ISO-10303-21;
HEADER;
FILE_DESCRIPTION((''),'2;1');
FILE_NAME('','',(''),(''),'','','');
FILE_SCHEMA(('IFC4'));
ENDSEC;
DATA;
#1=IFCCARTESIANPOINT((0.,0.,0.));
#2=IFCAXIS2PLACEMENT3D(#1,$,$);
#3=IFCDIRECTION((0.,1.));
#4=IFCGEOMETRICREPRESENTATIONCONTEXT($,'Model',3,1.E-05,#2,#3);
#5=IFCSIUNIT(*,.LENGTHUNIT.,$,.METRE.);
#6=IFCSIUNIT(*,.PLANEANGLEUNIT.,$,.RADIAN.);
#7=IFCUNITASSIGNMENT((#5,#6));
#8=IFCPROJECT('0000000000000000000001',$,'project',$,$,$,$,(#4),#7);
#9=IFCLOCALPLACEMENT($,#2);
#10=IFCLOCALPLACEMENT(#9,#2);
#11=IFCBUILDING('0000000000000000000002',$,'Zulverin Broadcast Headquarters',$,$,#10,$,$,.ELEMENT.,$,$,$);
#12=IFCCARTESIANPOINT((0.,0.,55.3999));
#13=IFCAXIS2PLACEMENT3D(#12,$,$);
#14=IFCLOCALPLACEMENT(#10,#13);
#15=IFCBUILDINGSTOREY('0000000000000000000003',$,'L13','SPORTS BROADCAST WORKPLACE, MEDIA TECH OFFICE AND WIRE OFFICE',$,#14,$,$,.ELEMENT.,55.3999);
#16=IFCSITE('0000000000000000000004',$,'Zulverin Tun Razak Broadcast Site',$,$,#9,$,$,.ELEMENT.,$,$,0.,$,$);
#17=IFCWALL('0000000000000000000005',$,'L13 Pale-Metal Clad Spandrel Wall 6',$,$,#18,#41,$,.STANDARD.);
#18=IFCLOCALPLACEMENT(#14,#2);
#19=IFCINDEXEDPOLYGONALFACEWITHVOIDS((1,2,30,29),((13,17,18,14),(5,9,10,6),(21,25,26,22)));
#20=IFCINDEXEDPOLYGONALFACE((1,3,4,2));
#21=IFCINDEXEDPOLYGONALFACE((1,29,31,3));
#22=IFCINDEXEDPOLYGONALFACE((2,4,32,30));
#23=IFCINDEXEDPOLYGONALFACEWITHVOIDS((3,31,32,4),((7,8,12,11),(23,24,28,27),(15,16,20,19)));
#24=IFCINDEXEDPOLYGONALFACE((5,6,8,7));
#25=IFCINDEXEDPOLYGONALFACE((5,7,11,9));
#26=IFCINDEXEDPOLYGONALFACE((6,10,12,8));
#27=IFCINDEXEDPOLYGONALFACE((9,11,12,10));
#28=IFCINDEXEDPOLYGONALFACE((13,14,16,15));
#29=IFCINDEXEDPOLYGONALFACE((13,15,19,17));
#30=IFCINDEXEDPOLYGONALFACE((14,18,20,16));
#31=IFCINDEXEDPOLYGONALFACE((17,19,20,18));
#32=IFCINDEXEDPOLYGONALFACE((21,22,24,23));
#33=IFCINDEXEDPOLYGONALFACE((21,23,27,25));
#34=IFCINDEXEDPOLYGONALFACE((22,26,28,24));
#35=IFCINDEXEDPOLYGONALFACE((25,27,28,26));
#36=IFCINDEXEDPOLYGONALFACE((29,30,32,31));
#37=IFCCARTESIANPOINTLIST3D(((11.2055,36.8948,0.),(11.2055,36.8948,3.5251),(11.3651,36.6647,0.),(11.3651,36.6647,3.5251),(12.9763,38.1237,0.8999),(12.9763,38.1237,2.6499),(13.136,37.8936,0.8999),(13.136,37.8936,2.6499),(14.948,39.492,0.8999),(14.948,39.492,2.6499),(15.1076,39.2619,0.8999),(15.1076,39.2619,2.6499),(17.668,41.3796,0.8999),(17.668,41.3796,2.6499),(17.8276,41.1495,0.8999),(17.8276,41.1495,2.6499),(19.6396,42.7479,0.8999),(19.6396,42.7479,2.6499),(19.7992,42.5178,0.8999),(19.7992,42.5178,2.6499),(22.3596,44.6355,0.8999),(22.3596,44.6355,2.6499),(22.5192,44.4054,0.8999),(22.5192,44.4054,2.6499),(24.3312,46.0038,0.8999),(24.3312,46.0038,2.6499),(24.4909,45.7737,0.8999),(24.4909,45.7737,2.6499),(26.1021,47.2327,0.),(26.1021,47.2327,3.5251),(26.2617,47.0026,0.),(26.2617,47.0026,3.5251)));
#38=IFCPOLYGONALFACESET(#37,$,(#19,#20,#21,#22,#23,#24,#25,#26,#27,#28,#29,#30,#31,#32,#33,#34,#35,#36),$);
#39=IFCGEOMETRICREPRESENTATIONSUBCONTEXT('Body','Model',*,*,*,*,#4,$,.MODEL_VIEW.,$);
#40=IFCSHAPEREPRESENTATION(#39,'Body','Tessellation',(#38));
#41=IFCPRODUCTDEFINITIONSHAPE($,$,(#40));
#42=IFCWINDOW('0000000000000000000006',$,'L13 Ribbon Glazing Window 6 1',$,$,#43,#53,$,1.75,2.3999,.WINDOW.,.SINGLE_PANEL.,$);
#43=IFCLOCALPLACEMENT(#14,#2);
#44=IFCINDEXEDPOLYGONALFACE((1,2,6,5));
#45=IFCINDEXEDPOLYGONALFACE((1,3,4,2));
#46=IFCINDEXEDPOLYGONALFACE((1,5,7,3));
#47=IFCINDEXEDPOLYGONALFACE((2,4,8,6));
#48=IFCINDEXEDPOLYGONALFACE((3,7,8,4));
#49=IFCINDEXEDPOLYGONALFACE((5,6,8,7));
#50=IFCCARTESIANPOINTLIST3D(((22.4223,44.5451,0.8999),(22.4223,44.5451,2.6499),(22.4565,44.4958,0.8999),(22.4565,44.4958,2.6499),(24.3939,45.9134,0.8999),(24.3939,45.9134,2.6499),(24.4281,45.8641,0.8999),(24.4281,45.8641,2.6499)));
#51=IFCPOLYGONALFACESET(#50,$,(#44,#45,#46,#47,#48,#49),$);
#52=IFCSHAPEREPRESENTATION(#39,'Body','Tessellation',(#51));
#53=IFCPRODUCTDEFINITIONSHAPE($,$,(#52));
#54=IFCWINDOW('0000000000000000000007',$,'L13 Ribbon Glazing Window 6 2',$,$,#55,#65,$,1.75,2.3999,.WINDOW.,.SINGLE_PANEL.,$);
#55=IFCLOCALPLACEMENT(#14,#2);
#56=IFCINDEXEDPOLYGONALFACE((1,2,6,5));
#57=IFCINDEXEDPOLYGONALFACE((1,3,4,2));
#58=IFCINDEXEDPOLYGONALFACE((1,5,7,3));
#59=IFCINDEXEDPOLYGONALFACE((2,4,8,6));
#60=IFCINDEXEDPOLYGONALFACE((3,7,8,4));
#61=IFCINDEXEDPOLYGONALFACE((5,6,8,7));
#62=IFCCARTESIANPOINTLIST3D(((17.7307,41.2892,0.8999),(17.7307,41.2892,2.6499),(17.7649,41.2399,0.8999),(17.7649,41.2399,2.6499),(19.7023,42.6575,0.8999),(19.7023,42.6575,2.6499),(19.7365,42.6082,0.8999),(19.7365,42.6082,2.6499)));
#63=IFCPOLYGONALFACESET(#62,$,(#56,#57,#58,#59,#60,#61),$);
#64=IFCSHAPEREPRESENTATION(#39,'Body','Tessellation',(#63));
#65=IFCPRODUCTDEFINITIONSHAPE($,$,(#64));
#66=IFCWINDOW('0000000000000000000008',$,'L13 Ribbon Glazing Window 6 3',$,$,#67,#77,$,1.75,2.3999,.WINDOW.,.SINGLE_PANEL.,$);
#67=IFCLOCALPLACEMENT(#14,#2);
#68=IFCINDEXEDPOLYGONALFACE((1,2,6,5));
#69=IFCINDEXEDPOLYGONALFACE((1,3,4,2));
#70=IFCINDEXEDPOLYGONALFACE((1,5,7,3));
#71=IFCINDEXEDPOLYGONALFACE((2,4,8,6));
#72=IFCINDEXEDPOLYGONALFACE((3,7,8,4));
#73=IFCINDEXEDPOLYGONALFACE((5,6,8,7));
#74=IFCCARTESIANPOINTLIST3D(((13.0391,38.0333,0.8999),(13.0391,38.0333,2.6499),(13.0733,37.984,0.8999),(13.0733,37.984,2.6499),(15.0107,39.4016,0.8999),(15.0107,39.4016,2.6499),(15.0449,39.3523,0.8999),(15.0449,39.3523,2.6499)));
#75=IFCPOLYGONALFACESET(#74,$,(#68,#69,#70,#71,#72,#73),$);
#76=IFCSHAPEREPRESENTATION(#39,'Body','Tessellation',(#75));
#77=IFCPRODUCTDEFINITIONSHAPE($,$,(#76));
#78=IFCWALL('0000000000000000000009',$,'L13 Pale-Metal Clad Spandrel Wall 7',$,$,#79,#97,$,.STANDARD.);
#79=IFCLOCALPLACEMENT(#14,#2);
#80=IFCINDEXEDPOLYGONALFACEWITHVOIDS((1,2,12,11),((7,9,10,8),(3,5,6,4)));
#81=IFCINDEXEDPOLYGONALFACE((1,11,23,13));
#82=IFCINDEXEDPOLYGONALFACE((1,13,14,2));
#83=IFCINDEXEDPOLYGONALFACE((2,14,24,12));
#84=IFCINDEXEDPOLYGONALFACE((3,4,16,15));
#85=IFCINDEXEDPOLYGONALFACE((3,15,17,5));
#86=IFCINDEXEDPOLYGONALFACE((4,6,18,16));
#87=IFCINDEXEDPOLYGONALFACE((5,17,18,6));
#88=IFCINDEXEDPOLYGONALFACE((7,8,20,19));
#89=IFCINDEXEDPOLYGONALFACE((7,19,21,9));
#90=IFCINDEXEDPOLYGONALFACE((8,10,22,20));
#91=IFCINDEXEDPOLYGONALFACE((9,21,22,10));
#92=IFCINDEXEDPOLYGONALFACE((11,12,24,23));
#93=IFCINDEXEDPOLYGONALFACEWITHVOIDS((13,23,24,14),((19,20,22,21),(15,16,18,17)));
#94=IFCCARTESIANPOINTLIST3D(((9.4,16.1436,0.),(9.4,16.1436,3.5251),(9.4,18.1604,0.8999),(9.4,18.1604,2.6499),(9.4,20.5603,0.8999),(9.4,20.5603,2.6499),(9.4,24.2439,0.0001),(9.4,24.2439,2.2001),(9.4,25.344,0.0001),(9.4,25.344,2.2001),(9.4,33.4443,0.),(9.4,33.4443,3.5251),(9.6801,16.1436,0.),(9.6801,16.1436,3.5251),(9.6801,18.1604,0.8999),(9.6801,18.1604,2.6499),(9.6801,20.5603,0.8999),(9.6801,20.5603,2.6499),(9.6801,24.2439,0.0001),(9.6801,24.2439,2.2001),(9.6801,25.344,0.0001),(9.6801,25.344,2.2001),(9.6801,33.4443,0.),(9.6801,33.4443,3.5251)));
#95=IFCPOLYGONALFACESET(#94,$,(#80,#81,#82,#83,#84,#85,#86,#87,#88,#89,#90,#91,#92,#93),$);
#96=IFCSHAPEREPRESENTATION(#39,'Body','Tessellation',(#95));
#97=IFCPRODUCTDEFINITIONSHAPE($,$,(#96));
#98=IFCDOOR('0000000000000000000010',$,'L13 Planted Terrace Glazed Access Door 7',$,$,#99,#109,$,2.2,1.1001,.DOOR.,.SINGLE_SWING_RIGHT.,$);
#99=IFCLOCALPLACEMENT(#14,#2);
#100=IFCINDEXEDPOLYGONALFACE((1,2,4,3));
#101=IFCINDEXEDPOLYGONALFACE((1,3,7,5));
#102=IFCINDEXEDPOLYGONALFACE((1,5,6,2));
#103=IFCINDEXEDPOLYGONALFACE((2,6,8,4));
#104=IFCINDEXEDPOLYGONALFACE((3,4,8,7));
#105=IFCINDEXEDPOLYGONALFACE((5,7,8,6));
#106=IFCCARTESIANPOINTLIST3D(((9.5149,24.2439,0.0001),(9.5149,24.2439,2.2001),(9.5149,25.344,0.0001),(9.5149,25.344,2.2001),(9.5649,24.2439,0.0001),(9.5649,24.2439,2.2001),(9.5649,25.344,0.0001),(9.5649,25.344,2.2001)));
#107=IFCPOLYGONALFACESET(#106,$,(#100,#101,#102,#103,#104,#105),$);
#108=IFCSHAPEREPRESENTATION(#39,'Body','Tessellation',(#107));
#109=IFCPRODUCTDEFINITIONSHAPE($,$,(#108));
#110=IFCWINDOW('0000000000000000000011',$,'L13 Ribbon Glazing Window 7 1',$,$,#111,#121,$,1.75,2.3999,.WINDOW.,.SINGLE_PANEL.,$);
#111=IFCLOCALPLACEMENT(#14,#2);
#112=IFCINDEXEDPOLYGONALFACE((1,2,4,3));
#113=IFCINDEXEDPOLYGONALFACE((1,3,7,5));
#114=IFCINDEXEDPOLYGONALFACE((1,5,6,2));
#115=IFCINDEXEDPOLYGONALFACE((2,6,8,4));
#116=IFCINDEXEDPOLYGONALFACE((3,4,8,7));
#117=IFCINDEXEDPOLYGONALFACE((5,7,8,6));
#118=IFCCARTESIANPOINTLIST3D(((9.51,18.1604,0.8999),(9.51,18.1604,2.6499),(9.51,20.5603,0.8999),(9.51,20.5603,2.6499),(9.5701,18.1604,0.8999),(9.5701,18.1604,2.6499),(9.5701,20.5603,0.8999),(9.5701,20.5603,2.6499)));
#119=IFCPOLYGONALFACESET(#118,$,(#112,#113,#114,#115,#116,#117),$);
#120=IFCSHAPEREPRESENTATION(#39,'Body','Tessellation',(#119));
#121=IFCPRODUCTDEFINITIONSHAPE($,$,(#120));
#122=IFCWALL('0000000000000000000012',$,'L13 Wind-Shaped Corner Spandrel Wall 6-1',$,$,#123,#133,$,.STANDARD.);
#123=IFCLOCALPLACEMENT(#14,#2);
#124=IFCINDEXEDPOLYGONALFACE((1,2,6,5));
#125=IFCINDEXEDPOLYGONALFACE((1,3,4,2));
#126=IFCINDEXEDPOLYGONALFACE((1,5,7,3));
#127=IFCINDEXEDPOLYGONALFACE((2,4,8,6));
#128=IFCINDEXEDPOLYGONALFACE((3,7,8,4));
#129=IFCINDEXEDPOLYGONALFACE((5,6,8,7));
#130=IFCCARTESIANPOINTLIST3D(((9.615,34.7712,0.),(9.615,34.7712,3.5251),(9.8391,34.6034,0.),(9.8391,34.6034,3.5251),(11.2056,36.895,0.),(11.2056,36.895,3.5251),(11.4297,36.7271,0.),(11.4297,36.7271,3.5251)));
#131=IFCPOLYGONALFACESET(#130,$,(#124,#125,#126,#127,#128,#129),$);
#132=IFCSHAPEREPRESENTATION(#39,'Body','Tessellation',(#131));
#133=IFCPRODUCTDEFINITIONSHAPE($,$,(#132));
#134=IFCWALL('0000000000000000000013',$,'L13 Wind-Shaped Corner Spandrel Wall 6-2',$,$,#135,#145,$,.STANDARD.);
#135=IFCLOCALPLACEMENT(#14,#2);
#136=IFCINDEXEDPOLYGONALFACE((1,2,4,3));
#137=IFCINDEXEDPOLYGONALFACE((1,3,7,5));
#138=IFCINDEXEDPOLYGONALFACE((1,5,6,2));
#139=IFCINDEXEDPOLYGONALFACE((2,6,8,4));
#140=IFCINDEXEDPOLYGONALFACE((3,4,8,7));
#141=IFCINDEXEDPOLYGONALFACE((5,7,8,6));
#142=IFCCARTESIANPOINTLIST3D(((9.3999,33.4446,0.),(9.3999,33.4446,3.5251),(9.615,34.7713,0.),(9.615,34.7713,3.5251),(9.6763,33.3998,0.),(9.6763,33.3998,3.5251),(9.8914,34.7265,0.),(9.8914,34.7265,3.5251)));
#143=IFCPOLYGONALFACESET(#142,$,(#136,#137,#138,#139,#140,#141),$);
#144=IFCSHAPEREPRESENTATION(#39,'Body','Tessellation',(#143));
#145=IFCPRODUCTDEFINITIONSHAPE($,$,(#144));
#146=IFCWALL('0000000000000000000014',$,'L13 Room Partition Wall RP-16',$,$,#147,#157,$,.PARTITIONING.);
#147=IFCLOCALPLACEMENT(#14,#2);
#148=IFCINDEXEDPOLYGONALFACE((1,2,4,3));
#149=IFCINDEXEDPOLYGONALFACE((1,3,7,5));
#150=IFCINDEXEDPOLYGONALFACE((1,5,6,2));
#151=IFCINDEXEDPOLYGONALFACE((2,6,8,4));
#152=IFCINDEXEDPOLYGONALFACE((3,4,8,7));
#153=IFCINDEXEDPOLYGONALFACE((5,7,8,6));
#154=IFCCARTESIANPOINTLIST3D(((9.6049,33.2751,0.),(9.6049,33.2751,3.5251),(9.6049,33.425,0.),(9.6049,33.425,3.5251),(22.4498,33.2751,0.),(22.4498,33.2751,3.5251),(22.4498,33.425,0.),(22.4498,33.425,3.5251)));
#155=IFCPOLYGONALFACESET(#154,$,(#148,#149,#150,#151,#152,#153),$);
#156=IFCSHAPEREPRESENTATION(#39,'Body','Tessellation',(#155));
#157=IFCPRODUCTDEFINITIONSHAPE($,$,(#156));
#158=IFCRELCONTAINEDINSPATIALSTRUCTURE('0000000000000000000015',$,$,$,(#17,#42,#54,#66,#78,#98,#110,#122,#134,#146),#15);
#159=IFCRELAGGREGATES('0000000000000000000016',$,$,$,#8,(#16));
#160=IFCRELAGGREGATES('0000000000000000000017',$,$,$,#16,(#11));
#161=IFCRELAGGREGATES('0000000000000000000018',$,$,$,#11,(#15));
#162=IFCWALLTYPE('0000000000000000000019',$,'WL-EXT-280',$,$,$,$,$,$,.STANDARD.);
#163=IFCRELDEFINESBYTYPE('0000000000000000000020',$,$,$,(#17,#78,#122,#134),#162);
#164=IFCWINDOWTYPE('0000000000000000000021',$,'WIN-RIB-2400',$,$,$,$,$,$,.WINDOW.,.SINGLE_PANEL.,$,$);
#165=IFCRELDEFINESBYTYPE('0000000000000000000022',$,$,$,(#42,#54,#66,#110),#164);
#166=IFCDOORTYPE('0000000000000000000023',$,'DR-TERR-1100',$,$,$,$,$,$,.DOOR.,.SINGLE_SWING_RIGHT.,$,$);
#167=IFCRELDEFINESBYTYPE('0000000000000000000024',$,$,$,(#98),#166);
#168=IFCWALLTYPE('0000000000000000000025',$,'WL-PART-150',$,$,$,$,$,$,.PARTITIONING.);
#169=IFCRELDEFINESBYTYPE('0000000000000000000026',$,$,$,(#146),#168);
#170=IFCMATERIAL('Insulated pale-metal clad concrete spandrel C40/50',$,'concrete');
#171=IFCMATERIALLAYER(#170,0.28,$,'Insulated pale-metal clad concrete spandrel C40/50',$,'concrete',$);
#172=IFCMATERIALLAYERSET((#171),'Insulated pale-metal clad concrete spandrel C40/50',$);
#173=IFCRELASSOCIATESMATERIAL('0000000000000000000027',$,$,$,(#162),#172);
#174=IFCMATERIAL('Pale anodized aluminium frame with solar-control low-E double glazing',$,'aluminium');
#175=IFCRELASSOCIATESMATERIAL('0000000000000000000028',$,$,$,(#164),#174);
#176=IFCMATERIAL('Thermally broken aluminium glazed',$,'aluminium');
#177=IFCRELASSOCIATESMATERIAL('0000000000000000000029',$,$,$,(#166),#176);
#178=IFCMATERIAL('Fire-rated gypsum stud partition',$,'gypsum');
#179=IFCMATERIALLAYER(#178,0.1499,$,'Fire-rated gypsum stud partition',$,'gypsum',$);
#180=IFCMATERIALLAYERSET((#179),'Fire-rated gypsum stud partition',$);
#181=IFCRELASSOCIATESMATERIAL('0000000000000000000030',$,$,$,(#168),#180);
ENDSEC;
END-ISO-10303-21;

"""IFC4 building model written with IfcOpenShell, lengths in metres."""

from ifc_helpers import new_model, si_unit, direction, frame, frame_2d, origin, place, context, subcontext, project, spatial, rectangle, extrude, material, layer, layer_set, type_object, element, fill, save


model = new_model("IFC4")

# Units and contexts
model_context = context("Model", 3, precision=1e-05, world=origin(), true_north=direction((0.0, 1.0)))
body_context = subcontext(model_context, "Body", "Model", "MODEL_VIEW")
ifc_project = project(units=[si_unit("LENGTHUNIT", "METRE"), si_unit("PLANEANGLEUNIT", "RADIAN")], contexts=[model_context])

# Site, building, storey
site_placement = place(None, origin())
site = spatial("IfcSite", under=ifc_project, at=site_placement, Name="Zulverin Tun Razak Broadcast Site", CompositionType="ELEMENT", RefElevation=0.0)
building_placement = place(site_placement, origin())
building = spatial("IfcBuilding", under=site, at=building_placement, Name="Zulverin Broadcast Headquarters", CompositionType="ELEMENT")
storey_placement = place(building_placement, frame((0.0, 0.0, 55.3999)))
storey = spatial("IfcBuildingStorey", under=building, at=storey_placement, Name="L13", Description="SPORTS BROADCAST WORKPLACE, MEDIA TECH OFFICE AND WIRE OFFICE", CompositionType="ELEMENT", Elevation=55.3999)

# Wall, openings, windows
ifc_material_1 = material(Name="Insulated pale-metal clad concrete spandrel C40/50", Category="concrete")
ifc_layer_1 = layer(ifc_material_1, 0.28, Name="Insulated pale-metal clad concrete spandrel C40/50", Category="concrete")
ifc_layer_set_1 = layer_set([ifc_layer_1], Name="Insulated pale-metal clad concrete spandrel C40/50")
wall_type_1 = type_object("IfcWallType", Name="WL-EXT-280", PredefinedType="STANDARD", material=ifc_layer_set_1)
wall_1_placement = place(storey_placement, frame((26.1819, 47.1177, 0.0), z_axis=(0.0, 0.0, 1.0), x_axis=(-0.821548, -0.570139, 0.0)))
wall_1 = element("IfcWall", 1, at=wall_1_placement, inside=storey, type_object=wall_type_1, Name="L13 Pale-Metal Clad Spandrel Wall 6", PredefinedType="STANDARD", context=body_context, shape_type="SweptSolid", body=[
    extrude(rectangle(XDim=18.1323, YDim=0.28, at=frame_2d((9.0662, 0.0))), origin(), (0.0, 0.0, 1.0), 3.5251),
])
opening_1_placement = place(wall_1_placement, frame((2.1555, 0.0, 0.8999)))
opening_1 = element("IfcOpeningElement", 2, at=opening_1_placement, cuts=wall_1, PredefinedType="OPENING", context=body_context, shape_type="SweptSolid", body=[
    extrude(rectangle(XDim=2.3999, YDim=1.75, at=frame_2d((1.2, 0.875))), frame((0.0, 0.1499, 0.0), z_axis=(0.0, -1.0, 0.0), x_axis=(1.0, 0.0, 0.0)), (0.0, 0.0, 1.0), 0.3),
])
opening_2_placement = place(wall_1_placement, frame((7.8662, 0.0, 0.8999)))
opening_2 = element("IfcOpeningElement", 3, at=opening_2_placement, cuts=wall_1, PredefinedType="OPENING", context=body_context, shape_type="SweptSolid", body=[
    extrude(rectangle(XDim=2.3999, YDim=1.75, at=frame_2d((1.2, 0.875))), frame((0.0, 0.1499, 0.0), z_axis=(0.0, -1.0, 0.0), x_axis=(1.0, 0.0, 0.0)), (0.0, 0.0, 1.0), 0.3),
])
opening_3_placement = place(wall_1_placement, frame((13.5769, 0.0, 0.8999)))
opening_3 = element("IfcOpeningElement", 4, at=opening_3_placement, cuts=wall_1, PredefinedType="OPENING", context=body_context, shape_type="SweptSolid", body=[
    extrude(rectangle(XDim=2.3999, YDim=1.75, at=frame_2d((1.2, 0.875))), frame((0.0, 0.1499, 0.0), z_axis=(0.0, -1.0, 0.0), x_axis=(1.0, 0.0, 0.0)), (0.0, 0.0, 1.0), 0.3),
])
ifc_material_2 = material(Name="Pale anodized aluminium frame with solar-control low-E double glazing", Category="aluminium")
window_type = type_object("IfcWindowType", Name="WIN-RIB-2400", PartitioningType="SINGLE_PANEL", PredefinedType="WINDOW", material=ifc_material_2)
window_1_placement = place(opening_1_placement, origin())
window_1 = element("IfcWindow", 5, at=window_1_placement, inside=storey, type_object=window_type, Name="L13 Ribbon Glazing Window 6 1", OverallHeight=1.75, OverallWidth=2.3999, PartitioningType="SINGLE_PANEL", PredefinedType="WINDOW", context=body_context, shape_type="SweptSolid", body=[
    extrude(rectangle(XDim=2.3999, YDim=1.75, at=frame_2d((1.2, 0.875))), frame((0.0, 0.03, 0.0), z_axis=(0.0, -1.0, 0.0), x_axis=(1.0, 0.0, 0.0)), (0.0, 0.0, 1.0), 0.0601),
])
fill(opening_1, window_1)
window_2_placement = place(opening_2_placement, origin())
window_2 = element("IfcWindow", 6, at=window_2_placement, inside=storey, type_object=window_type, Name="L13 Ribbon Glazing Window 6 2", OverallHeight=1.75, OverallWidth=2.3999, PartitioningType="SINGLE_PANEL", PredefinedType="WINDOW", context=body_context, shape_type="SweptSolid", body=[
    extrude(rectangle(XDim=2.3999, YDim=1.75, at=frame_2d((1.2, 0.875))), frame((0.0, 0.03, 0.0), z_axis=(0.0, -1.0, 0.0), x_axis=(1.0, 0.0, 0.0)), (0.0, 0.0, 1.0), 0.0601),
])
fill(opening_2, window_2)
window_3_placement = place(opening_3_placement, origin())
window_3 = element("IfcWindow", 7, at=window_3_placement, inside=storey, type_object=window_type, Name="L13 Ribbon Glazing Window 6 3", OverallHeight=1.75, OverallWidth=2.3999, PartitioningType="SINGLE_PANEL", PredefinedType="WINDOW", context=body_context, shape_type="SweptSolid", body=[
    extrude(rectangle(XDim=2.3999, YDim=1.75, at=frame_2d((1.2, 0.875))), frame((0.0, 0.03, 0.0), z_axis=(0.0, -1.0, 0.0), x_axis=(1.0, 0.0, 0.0)), (0.0, 0.0, 1.0), 0.0601),
])
fill(opening_3, window_3)

# Wall, openings, door, window
wall_2_placement = place(storey_placement, frame((9.54, 33.4443, 0.0), z_axis=(0.0, 0.0, 1.0), x_axis=(0.0, -1.0, 0.0)))
wall_2 = element("IfcWall", 8, at=wall_2_placement, inside=storey, type_object=wall_type_1, Name="L13 Pale-Metal Clad Spandrel Wall 7", PredefinedType="STANDARD", context=body_context, shape_type="SweptSolid", body=[
    extrude(rectangle(XDim=17.3008, YDim=0.28, at=frame_2d((8.6504, 0.0))), origin(), (0.0, 0.0, 1.0), 3.5251),
])
opening_4_placement = place(wall_2_placement, frame((8.1003, 0.0, 0.0)))
opening_4 = element("IfcOpeningElement", 9, at=opening_4_placement, cuts=wall_2, PredefinedType="OPENING", context=body_context, shape_type="SweptSolid", body=[
    extrude(rectangle(XDim=1.1001, YDim=2.2, at=frame_2d((0.55, 1.1001))), frame((0.0, 0.1499, 0.0), z_axis=(0.0, -1.0, 0.0), x_axis=(1.0, 0.0, 0.0)), (0.0, 0.0, 1.0), 0.3),
])
opening_5_placement = place(wall_2_placement, frame((12.884, 0.0, 0.8999)))
opening_5 = element("IfcOpeningElement", 10, at=opening_5_placement, cuts=wall_2, PredefinedType="OPENING", context=body_context, shape_type="SweptSolid", body=[
    extrude(rectangle(XDim=2.3999, YDim=1.75, at=frame_2d((1.2, 0.875))), frame((0.0, 0.1499, 0.0), z_axis=(0.0, -1.0, 0.0), x_axis=(1.0, 0.0, 0.0)), (0.0, 0.0, 1.0), 0.3),
])
ifc_material_3 = material(Name="Thermally broken aluminium glazed", Category="aluminium")
door_type_1 = type_object("IfcDoorType", Name="DR-TERR-1100", OperationType="SINGLE_SWING_RIGHT", PredefinedType="DOOR", material=ifc_material_3)
door_1_placement = place(opening_4_placement, origin())
door_1 = element("IfcDoor", 11, at=door_1_placement, inside=storey, type_object=door_type_1, Name="L13 Planted Terrace Glazed Access Door 7", OperationType="SINGLE_SWING_RIGHT", OverallHeight=2.2, OverallWidth=1.1001, PredefinedType="DOOR", context=body_context, shape_type="SweptSolid", body=[
    extrude(rectangle(XDim=1.1001, YDim=2.2, at=frame_2d((0.55, 1.1001))), frame((0.0, 0.0249, 0.0), z_axis=(0.0, -1.0, 0.0), x_axis=(1.0, 0.0, 0.0)), (0.0, 0.0, 1.0), 0.05),
])
fill(opening_4, door_1)
window_4_placement = place(opening_5_placement, origin())
window_4 = element("IfcWindow", 12, at=window_4_placement, inside=storey, type_object=window_type, Name="L13 Ribbon Glazing Window 7 1", OverallHeight=1.75, OverallWidth=2.3999, PartitioningType="SINGLE_PANEL", PredefinedType="WINDOW", context=body_context, shape_type="SweptSolid", body=[
    extrude(rectangle(XDim=2.3999, YDim=1.75, at=frame_2d((1.2, 0.875))), frame((0.0, 0.03, 0.0), z_axis=(0.0, -1.0, 0.0), x_axis=(1.0, 0.0, 0.0)), (0.0, 0.0, 1.0), 0.0601),
])
fill(opening_5, window_4)

# Walls
wall_3_placement = place(storey_placement, frame((11.3176, 36.811, 0.0), z_axis=(0.0, 0.0, 1.0), x_axis=(-0.599455, -0.800408, 0.0)))
element("IfcWall", 13, at=wall_3_placement, inside=storey, type_object=wall_type_1, Name="L13 Wind-Shaped Corner Spandrel Wall 6-1", PredefinedType="STANDARD", context=body_context, shape_type="SweptSolid", body=[
    extrude(rectangle(XDim=2.6533, YDim=0.28, at=frame_2d((1.3267, 0.0))), origin(), (0.0, 0.0, 1.0), 3.5251),
])
wall_4_placement = place(storey_placement, frame((9.7532, 34.7488, 0.0), z_axis=(0.0, 0.0, 1.0), x_axis=(-0.160038, -0.987111, 0.0)))
element("IfcWall", 14, at=wall_4_placement, inside=storey, type_object=wall_type_1, Name="L13 Wind-Shaped Corner Spandrel Wall 6-2", PredefinedType="STANDARD", context=body_context, shape_type="SweptSolid", body=[
    extrude(rectangle(XDim=1.344, YDim=0.28, at=frame_2d((0.6719, 0.0))), origin(), (0.0, 0.0, 1.0), 3.5251),
])
ifc_material_4 = material(Name="Fire-rated gypsum stud partition", Category="gypsum")
ifc_layer_2 = layer(ifc_material_4, 0.1499, Name="Fire-rated gypsum stud partition", Category="gypsum")
ifc_layer_set_2 = layer_set([ifc_layer_2], Name="Fire-rated gypsum stud partition")
wall_type_2 = type_object("IfcWallType", Name="WL-PART-150", PredefinedType="PARTITIONING", material=ifc_layer_set_2)
wall_5_placement = place(storey_placement, frame((9.605, 33.3501, 0.0), z_axis=(0.0, 0.0, 1.0), x_axis=(1.0, 0.0, 0.0)))
element("IfcWall", 15, at=wall_5_placement, inside=storey, type_object=wall_type_2, Name="L13 Room Partition Wall RP-16", PredefinedType="PARTITIONING", context=body_context, shape_type="SweptSolid", body=[
    extrude(rectangle(XDim=12.845, YDim=0.1499, at=frame_2d((6.4224, 0.0))), origin(), (0.0, 0.0, 1.0), 3.5251),
])

save(model, "model.ifc")
